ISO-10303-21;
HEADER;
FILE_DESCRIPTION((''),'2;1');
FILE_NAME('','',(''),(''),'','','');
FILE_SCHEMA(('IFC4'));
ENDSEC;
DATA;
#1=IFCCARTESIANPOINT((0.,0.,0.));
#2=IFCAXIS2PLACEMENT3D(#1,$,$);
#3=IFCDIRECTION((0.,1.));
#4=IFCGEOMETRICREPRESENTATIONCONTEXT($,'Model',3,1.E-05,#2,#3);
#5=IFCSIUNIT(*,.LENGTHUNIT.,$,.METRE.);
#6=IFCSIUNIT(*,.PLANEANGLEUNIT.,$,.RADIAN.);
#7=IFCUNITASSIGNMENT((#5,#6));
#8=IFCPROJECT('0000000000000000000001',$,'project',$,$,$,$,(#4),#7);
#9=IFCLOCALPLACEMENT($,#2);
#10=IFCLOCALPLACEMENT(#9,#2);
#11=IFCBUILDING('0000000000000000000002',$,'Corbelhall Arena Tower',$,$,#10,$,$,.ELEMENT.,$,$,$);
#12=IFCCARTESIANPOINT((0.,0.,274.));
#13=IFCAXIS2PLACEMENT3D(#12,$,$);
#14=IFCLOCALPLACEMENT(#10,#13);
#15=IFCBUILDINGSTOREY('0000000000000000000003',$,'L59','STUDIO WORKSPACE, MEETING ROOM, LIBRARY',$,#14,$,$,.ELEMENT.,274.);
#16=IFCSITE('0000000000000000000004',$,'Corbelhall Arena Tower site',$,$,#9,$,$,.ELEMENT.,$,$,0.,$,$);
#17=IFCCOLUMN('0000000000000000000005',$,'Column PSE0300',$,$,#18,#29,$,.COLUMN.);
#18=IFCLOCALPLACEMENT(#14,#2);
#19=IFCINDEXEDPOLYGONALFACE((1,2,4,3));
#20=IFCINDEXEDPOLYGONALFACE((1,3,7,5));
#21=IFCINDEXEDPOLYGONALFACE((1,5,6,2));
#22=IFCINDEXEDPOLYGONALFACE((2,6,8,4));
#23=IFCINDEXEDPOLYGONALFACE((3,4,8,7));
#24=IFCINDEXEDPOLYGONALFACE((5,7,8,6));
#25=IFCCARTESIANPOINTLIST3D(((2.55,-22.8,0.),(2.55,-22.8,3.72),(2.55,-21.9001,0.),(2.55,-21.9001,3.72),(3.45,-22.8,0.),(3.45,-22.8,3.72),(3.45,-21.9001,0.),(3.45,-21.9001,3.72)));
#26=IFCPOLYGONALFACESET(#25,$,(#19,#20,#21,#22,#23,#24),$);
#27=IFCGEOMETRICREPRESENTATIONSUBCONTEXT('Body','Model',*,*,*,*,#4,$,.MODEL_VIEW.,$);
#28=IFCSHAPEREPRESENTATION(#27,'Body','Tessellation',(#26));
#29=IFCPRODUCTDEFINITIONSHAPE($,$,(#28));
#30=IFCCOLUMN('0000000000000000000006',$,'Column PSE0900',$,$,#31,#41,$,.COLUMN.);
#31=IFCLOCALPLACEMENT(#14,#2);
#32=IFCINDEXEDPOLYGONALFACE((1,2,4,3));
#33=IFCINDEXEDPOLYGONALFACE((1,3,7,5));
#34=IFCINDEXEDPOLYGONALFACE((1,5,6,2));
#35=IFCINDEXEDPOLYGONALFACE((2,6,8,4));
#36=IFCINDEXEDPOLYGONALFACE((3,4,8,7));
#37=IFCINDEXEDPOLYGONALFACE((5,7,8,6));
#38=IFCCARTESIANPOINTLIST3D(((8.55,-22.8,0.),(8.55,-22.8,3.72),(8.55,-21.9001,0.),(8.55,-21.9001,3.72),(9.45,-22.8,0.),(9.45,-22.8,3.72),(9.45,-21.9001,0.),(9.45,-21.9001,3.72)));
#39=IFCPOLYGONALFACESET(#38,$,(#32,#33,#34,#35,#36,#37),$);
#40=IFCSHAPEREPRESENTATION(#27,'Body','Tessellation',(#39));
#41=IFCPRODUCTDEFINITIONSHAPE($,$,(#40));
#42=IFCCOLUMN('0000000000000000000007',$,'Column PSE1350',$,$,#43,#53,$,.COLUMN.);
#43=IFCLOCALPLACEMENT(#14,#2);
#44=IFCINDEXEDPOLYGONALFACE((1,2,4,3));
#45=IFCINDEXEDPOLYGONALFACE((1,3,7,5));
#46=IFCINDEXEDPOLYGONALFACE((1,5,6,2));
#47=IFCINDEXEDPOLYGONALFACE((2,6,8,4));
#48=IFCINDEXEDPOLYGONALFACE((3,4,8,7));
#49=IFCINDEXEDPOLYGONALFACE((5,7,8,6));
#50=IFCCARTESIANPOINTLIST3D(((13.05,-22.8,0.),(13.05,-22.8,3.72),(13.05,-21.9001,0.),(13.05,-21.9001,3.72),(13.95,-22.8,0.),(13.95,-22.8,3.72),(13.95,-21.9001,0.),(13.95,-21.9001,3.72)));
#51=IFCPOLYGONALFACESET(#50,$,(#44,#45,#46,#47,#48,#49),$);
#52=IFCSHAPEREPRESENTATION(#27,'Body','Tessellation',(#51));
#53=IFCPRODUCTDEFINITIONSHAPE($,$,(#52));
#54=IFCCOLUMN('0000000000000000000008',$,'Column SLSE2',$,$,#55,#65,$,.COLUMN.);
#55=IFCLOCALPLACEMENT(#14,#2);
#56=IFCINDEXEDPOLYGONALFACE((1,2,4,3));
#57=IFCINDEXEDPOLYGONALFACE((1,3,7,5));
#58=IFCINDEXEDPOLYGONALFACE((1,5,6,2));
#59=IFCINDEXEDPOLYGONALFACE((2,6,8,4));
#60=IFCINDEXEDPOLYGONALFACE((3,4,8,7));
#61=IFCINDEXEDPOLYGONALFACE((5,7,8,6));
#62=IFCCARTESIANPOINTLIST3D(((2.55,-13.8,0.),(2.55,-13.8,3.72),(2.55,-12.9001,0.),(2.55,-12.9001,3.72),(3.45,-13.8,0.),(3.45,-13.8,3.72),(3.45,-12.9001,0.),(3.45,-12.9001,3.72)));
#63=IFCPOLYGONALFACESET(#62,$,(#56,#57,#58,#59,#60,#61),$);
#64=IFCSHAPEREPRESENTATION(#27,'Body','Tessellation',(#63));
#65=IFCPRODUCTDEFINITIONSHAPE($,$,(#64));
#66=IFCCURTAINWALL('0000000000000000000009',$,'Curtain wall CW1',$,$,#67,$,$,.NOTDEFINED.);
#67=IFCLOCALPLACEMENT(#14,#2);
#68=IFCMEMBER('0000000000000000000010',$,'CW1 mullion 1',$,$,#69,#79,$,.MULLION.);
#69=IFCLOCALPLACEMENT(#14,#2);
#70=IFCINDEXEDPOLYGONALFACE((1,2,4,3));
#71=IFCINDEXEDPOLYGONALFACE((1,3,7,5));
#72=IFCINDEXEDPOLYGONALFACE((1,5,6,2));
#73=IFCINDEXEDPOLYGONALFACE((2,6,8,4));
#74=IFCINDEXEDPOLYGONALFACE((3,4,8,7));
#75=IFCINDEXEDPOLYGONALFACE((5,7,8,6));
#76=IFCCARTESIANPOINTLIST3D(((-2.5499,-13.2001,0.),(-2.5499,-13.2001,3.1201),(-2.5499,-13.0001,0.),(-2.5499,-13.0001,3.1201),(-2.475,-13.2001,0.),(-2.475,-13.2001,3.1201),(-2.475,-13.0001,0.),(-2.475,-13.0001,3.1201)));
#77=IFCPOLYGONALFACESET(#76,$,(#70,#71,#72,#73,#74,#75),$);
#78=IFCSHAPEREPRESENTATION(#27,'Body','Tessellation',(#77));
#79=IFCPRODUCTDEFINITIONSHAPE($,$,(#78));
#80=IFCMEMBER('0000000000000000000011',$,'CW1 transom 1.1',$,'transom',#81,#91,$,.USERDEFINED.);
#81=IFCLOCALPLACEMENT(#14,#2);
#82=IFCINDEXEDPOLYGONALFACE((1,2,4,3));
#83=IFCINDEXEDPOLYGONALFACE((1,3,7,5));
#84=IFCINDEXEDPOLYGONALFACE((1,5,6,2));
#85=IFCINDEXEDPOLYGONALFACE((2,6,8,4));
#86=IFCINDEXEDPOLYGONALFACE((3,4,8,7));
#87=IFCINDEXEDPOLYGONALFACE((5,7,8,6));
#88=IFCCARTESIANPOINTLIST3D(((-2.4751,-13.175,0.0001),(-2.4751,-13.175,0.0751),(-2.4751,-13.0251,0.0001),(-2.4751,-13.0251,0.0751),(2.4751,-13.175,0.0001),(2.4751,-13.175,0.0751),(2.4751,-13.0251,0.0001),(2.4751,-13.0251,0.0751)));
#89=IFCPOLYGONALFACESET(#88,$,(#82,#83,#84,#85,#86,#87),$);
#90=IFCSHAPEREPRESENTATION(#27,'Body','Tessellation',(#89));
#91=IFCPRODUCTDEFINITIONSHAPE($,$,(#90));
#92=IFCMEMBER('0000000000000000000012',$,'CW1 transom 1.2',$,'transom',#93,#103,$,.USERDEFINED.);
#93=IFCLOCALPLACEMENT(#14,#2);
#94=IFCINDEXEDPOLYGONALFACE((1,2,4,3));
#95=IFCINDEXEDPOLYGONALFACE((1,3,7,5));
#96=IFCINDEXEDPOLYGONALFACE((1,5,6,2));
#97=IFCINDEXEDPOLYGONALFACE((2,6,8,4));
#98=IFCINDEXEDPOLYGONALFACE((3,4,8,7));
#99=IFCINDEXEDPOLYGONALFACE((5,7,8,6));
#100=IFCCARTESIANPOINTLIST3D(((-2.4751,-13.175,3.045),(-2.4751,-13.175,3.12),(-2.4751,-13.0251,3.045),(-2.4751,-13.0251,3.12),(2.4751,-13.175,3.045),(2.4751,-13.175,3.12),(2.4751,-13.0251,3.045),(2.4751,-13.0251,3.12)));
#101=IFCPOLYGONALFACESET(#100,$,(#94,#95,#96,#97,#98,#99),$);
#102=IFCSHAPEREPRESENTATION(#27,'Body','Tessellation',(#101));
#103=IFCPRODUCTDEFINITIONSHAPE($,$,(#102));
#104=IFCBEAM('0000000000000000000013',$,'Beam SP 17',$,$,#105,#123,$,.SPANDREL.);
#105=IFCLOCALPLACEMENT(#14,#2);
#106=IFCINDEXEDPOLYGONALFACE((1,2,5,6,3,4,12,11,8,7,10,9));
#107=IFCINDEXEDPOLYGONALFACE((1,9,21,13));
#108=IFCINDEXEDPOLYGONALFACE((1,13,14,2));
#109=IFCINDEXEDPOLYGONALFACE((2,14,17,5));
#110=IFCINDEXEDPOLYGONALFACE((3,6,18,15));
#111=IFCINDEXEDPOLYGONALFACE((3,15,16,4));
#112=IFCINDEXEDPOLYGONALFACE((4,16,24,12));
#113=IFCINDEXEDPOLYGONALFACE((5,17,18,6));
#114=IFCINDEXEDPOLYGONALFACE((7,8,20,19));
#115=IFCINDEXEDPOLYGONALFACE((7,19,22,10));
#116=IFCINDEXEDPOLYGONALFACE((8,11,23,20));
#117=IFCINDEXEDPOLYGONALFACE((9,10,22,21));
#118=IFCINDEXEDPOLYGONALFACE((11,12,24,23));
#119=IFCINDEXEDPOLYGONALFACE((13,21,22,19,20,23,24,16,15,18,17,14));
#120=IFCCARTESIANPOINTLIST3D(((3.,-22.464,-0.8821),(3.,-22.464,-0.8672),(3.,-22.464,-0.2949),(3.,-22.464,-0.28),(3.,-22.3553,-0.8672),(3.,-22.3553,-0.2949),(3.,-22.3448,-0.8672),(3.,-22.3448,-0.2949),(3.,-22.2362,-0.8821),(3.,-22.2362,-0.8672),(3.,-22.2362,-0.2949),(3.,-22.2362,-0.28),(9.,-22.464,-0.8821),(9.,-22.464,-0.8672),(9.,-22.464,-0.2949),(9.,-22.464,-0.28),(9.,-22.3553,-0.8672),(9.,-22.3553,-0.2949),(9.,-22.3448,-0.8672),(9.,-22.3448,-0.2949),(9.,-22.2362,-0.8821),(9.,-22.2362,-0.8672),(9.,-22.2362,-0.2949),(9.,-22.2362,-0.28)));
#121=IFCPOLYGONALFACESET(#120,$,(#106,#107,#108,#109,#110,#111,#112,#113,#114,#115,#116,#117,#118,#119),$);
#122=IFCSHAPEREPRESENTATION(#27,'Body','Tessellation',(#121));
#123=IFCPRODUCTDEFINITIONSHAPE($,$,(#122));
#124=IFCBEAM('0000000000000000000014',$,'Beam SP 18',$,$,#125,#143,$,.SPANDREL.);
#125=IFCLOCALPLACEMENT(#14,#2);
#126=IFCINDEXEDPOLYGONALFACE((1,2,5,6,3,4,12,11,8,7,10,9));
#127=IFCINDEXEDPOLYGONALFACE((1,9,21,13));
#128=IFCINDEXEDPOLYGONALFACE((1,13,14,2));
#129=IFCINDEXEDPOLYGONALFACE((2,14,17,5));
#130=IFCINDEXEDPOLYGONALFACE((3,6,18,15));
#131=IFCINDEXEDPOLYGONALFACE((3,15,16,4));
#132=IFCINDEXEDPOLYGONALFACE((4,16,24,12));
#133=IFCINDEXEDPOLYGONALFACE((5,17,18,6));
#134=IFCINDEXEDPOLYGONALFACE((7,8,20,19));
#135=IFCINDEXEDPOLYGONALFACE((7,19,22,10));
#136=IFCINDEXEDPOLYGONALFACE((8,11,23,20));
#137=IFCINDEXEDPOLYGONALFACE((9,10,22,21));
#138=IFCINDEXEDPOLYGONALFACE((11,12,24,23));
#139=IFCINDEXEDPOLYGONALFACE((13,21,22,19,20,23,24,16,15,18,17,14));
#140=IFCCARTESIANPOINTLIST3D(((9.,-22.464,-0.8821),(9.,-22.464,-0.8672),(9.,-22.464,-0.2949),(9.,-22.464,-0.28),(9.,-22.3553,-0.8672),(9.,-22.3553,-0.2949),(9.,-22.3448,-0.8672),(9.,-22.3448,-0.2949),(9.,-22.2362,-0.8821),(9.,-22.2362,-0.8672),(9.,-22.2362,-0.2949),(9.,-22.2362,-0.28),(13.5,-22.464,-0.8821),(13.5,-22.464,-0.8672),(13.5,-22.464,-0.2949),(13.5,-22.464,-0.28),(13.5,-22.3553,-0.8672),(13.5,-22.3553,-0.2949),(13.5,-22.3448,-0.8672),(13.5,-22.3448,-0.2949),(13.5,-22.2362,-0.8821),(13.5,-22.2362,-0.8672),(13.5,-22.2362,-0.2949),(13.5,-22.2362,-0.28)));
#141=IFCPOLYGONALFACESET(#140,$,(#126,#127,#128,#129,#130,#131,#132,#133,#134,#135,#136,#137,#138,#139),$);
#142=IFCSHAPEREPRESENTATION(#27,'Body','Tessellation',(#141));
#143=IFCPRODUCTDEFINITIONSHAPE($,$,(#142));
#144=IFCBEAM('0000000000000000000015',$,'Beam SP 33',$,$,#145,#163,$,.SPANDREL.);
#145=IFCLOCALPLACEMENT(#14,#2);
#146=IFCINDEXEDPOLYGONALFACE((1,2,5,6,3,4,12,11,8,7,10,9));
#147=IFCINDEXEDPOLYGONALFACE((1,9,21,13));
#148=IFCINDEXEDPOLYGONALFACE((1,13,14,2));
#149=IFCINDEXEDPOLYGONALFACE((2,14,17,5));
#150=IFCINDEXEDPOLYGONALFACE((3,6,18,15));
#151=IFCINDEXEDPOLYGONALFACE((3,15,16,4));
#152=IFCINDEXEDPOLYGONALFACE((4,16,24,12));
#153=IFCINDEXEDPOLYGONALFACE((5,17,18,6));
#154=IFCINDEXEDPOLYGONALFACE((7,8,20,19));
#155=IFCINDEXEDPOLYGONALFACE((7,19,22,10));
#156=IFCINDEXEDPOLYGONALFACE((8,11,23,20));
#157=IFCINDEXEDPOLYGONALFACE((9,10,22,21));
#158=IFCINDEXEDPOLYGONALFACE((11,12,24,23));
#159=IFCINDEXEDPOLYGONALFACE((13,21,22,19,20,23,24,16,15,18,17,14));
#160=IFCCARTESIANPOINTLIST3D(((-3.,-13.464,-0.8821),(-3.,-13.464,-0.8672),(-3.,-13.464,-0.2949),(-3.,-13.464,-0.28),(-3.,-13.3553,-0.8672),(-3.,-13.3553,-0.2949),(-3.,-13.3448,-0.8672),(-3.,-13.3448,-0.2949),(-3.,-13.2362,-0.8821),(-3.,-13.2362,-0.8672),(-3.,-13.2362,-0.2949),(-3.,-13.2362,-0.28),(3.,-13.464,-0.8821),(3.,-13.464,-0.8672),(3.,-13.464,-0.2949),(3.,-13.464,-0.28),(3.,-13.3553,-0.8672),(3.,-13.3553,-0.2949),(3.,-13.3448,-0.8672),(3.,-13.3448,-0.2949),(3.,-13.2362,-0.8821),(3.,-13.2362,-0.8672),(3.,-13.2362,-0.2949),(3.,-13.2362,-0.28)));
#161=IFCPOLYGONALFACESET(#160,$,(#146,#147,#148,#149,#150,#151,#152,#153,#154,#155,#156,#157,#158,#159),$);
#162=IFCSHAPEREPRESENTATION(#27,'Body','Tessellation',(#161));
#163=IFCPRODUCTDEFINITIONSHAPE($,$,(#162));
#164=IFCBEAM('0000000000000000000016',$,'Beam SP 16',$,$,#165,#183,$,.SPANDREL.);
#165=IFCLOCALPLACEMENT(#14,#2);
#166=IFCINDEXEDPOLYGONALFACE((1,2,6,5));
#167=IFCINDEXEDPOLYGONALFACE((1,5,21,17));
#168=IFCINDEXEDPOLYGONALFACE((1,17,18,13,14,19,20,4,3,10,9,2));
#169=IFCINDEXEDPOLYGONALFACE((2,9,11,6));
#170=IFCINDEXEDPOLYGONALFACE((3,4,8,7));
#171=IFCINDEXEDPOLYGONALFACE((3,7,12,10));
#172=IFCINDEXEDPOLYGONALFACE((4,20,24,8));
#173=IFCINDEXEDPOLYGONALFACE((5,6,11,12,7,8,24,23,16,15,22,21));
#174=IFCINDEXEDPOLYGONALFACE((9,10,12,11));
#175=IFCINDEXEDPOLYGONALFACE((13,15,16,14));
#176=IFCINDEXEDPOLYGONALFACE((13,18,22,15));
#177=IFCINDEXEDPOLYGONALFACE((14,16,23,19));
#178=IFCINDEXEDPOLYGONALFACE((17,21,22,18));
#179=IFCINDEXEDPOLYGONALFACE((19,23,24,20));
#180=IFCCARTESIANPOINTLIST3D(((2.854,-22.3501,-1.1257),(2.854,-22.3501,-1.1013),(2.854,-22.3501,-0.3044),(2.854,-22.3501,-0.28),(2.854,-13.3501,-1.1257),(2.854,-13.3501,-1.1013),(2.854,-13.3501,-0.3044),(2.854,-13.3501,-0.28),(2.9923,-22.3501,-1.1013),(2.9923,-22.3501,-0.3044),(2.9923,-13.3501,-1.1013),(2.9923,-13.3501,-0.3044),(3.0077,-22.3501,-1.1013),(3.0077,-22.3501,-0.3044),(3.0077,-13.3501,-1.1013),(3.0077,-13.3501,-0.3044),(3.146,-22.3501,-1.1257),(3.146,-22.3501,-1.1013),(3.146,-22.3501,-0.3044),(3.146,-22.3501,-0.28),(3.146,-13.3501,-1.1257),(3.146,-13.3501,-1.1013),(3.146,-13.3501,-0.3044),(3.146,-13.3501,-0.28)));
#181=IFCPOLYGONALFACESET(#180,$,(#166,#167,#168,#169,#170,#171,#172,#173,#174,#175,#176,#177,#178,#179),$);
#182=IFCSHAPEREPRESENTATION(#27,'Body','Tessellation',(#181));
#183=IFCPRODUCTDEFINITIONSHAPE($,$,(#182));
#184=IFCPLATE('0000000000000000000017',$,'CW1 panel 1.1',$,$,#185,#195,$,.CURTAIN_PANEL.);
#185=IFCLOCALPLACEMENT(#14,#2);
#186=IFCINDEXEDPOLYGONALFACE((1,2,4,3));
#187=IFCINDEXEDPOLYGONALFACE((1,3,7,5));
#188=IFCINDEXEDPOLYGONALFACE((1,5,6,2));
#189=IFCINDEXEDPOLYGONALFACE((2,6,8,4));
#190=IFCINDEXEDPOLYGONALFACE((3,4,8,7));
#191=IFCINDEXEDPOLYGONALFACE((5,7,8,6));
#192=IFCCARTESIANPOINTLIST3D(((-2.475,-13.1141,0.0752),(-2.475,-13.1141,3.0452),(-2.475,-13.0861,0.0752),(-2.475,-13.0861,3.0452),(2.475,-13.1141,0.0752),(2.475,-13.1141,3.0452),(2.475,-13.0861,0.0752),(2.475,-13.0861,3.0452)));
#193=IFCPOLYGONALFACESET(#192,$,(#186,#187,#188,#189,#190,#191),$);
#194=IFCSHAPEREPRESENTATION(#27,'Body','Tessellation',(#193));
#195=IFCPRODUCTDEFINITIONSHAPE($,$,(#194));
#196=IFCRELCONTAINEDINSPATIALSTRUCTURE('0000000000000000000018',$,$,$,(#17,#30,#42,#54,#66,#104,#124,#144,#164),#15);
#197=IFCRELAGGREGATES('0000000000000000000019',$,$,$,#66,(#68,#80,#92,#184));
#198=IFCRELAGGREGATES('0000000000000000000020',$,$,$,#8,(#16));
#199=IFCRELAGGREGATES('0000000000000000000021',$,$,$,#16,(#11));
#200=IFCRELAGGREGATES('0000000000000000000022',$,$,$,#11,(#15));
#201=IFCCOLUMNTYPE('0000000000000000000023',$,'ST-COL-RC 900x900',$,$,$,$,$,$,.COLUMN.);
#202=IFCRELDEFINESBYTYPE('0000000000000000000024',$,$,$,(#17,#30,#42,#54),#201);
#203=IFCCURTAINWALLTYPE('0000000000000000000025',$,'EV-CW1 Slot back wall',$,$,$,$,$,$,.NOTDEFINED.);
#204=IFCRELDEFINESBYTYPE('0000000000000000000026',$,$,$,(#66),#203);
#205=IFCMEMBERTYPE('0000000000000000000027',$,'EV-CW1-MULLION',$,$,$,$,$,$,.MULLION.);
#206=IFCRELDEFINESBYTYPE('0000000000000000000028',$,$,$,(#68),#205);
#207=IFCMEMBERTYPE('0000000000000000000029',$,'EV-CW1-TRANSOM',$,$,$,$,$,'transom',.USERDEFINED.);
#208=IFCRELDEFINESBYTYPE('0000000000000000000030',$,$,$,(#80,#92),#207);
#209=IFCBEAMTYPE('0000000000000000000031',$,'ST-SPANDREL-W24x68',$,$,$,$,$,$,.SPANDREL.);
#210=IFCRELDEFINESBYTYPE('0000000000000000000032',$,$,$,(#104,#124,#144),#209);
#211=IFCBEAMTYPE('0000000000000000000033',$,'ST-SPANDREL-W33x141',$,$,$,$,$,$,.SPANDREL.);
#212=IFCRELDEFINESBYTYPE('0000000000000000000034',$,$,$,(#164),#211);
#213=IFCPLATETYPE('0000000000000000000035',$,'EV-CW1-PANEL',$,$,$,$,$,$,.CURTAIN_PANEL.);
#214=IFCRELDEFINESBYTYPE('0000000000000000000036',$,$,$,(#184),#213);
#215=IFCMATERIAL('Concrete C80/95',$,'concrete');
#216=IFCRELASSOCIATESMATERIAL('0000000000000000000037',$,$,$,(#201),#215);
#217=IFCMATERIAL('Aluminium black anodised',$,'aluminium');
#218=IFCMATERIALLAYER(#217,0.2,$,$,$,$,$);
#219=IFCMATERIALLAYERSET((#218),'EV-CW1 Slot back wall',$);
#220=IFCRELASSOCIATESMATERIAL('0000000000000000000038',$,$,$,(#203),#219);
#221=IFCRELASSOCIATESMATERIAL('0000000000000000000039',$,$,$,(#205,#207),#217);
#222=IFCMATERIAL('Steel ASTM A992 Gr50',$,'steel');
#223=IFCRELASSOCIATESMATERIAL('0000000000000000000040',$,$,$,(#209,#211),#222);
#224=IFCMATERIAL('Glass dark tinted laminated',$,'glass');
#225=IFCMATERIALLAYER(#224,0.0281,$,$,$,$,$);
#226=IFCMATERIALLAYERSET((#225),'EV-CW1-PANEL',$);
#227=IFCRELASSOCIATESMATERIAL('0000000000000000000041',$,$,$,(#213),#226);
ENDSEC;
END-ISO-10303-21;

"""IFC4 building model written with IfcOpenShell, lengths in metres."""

from ifc_helpers import new_model, si_unit, direction, frame, origin, origin_2d, place, context, subcontext, project, spatial, rectangle, i_section, extrude, material, layer, layer_set, material_profile, profile_set, type_object, element, aggregate, save


model = new_model("IFC4")

# Units and contexts
model_context = context("Model", 3, precision=1e-05, world=origin(), true_north=direction((0.0, 1.0)))
body_context = subcontext(model_context, "Body", "Model", "MODEL_VIEW")
ifc_project = project(units=[si_unit("LENGTHUNIT", "METRE"), si_unit("PLANEANGLEUNIT", "RADIAN")], contexts=[model_context])

# Site, building, storey
site_placement = place(None, origin())
site = spatial("IfcSite", under=ifc_project, at=site_placement, Name="Corbelhall Arena Tower site", CompositionType="ELEMENT", RefElevation=0.0)
building_placement = place(site_placement, origin())
building = spatial("IfcBuilding", under=site, at=building_placement, Name="Corbelhall Arena Tower", CompositionType="ELEMENT")
storey_placement = place(building_placement, frame((0.0, 0.0, 274.0)))
storey = spatial("IfcBuildingStorey", under=building, at=storey_placement, Name="L59", Description="STUDIO WORKSPACE, MEETING ROOM, LIBRARY", CompositionType="ELEMENT", Elevation=274.0)

# Columns
ifc_material_1 = material(Name="Concrete C80/95", Category="concrete")
ifc_material_profile_1 = material_profile(ifc_material_1, rectangle(XDim=0.8999, YDim=0.8999, at=origin_2d()))
ifc_profile_set_1 = profile_set([ifc_material_profile_1], Name="Concrete C80/95")
column_type = type_object("IfcColumnType", Name="ST-COL-RC 900x900", PredefinedType="COLUMN", material=ifc_profile_set_1)
for number, where, z_axis, x_axis, name in (
    (1, (3.0, -22.3501, 0.0), (0.0, 0.0, 1.0), (1.0, 0.0, 0.0), "Column PSE0300"),
    (2, (9.0, -22.3501, 0.0), (0.0, 0.0, 1.0), (1.0, 0.0, 0.0), "Column PSE0900"),
    (3, (13.5, -22.3501, 0.0), (0.0, 0.0, 1.0), (1.0, 0.0, 0.0), "Column PSE1350"),
    (4, (3.0, -13.3501, 0.0), (0.0, 0.0, 1.0), (1.0, 0.0, 0.0), "Column SLSE2"),
):
    element("IfcColumn", number, at=place(storey_placement, frame(where, z_axis=z_axis, x_axis=x_axis)), inside=storey, type_object=column_type, Name=name, PredefinedType="COLUMN", context=body_context, shape_type="SweptSolid", body=[
        extrude(rectangle(XDim=0.8999, YDim=0.8999, at=origin_2d()), origin(), (0.0, 0.0, 1.0), 3.72),
    ])

# Curtain wall, members
ifc_material_2 = material(Name="Aluminium black anodised", Category="aluminium")
ifc_layer_1 = layer(ifc_material_2, 0.2)
ifc_layer_set_1 = layer_set([ifc_layer_1], Name="EV-CW1 Slot back wall")
curtain_wall_type = type_object("IfcCurtainWallType", Name="EV-CW1 Slot back wall", PredefinedType="NOTDEFINED", material=ifc_layer_set_1)
curtain_wall_placement = place(storey_placement, origin())
curtain_wall = element("IfcCurtainWall", 5, at=curtain_wall_placement, inside=storey, type_object=curtain_wall_type, Name="Curtain wall CW1", PredefinedType="NOTDEFINED")
ifc_material_profile_2 = material_profile(ifc_material_2, rectangle(XDim=0.2, YDim=0.075, at=origin_2d()))
ifc_profile_set_2 = profile_set([ifc_material_profile_2], Name="Aluminium black anodised")
member_type_1 = type_object("IfcMemberType", Name="EV-CW1-MULLION", PredefinedType="MULLION", material=ifc_profile_set_2)
member_1_placement = place(storey_placement, frame((-2.5125, -13.1001, 0.0), z_axis=(0.0, 0.0, 1.0), x_axis=(0.0, 1.0, 0.0)))
member_1 = element("IfcMember", 6, at=member_1_placement, type_object=member_type_1, Name="CW1 mullion 1", PredefinedType="MULLION", context=body_context, shape_type="SweptSolid", body=[
    extrude(rectangle(XDim=0.2, YDim=0.075, at=origin_2d()), origin(), (0.0, 0.0, 1.0), 3.1201),
])
ifc_material_profile_3 = material_profile(ifc_material_2, rectangle(XDim=0.1499, YDim=0.075, at=origin_2d()))
ifc_profile_set_3 = profile_set([ifc_material_profile_3], Name="Aluminium black anodised")
member_type_2 = type_object("IfcMemberType", Name="EV-CW1-TRANSOM", ElementType="transom", PredefinedType="USERDEFINED", material=ifc_profile_set_3)
member_2_placement = place(storey_placement, frame((-2.4751, -13.1001, 0.0376), z_axis=(1.0, 0.0, 0.0), x_axis=(0.0, 1.0, 0.0)))
member_2 = element("IfcMember", 7, at=member_2_placement, type_object=member_type_2, Name="CW1 transom 1.1", ObjectType="transom", PredefinedType="USERDEFINED", context=body_context, shape_type="SweptSolid", body=[
    extrude(rectangle(XDim=0.1499, YDim=0.075, at=origin_2d()), origin(), (0.0, 0.0, 1.0), 4.9502),
])
member_3_placement = place(storey_placement, frame((-2.4751, -13.1001, 3.0825), z_axis=(1.0, 0.0, 0.0), x_axis=(0.0, 1.0, 0.0)))
member_3 = element("IfcMember", 8, at=member_3_placement, type_object=member_type_2, Name="CW1 transom 1.2", ObjectType="transom", PredefinedType="USERDEFINED", context=body_context, shape_type="SweptSolid", body=[
    extrude(rectangle(XDim=0.1499, YDim=0.075, at=origin_2d()), origin(), (0.0, 0.0, 1.0), 4.9502),
])

# Beams
ifc_material_3 = material(Name="Steel ASTM A992 Gr50", Category="steel")
ifc_material_profile_4 = material_profile(ifc_material_3, i_section(OverallWidth=0.2278, OverallDepth=0.6021, WebThickness=0.0105, FlangeThickness=0.0149, at=origin_2d()))
ifc_profile_set_4 = profile_set([ifc_material_profile_4], Name="Steel ASTM A992 Gr50")
beam_type_1 = type_object("IfcBeamType", Name="ST-SPANDREL-W24x68", PredefinedType="SPANDREL", material=ifc_profile_set_4)
beam_1_placement = place(storey_placement, frame((9.0, -22.3501, -0.5811), z_axis=(-1.0, 0.0, 0.0), x_axis=(0.0, -1.0, 0.0)))
element("IfcBeam", 9, at=beam_1_placement, inside=storey, type_object=beam_type_1, Name="Beam SP 17", PredefinedType="SPANDREL", context=body_context, shape_type="SweptSolid", body=[
    extrude(i_section(OverallWidth=0.2278, OverallDepth=0.6021, WebThickness=0.0105, FlangeThickness=0.0149, at=origin_2d()), origin(), (0.0, 0.0, 1.0), 6.0),
])
beam_2_placement = place(storey_placement, frame((13.5, -22.3501, -0.5811), z_axis=(-1.0, 0.0, 0.0), x_axis=(0.0, -1.0, 0.0)))
element("IfcBeam", 10, at=beam_2_placement, inside=storey, type_object=beam_type_1, Name="Beam SP 18", PredefinedType="SPANDREL", context=body_context, shape_type="SweptSolid", body=[
    extrude(i_section(OverallWidth=0.2278, OverallDepth=0.6021, WebThickness=0.0105, FlangeThickness=0.0149, at=origin_2d()), origin(), (0.0, 0.0, 1.0), 4.5),
])
beam_3_placement = place(storey_placement, frame((3.0, -13.3501, -0.5811), z_axis=(-1.0, 0.0, 0.0), x_axis=(0.0, -1.0, 0.0)))
element("IfcBeam", 11, at=beam_3_placement, inside=storey, type_object=beam_type_1, Name="Beam SP 33", PredefinedType="SPANDREL", context=body_context, shape_type="SweptSolid", body=[
    extrude(i_section(OverallWidth=0.2278, OverallDepth=0.6021, WebThickness=0.0105, FlangeThickness=0.0149, at=origin_2d()), origin(), (0.0, 0.0, 1.0), 6.0),
])
ifc_material_profile_5 = material_profile(ifc_material_3, i_section(OverallWidth=0.292, OverallDepth=0.8457, WebThickness=0.0154, FlangeThickness=0.0244, at=origin_2d()))
ifc_profile_set_5 = profile_set([ifc_material_profile_5], Name="Steel ASTM A992 Gr50")
beam_type_2 = type_object("IfcBeamType", Name="ST-SPANDREL-W33x141", PredefinedType="SPANDREL", material=ifc_profile_set_5)
beam_4_placement = place(storey_placement, frame((3.0, -22.3501, -0.7029), z_axis=(0.0, 1.0, 0.0), x_axis=(-1.0, 0.0, 0.0)))
element("IfcBeam", 12, at=beam_4_placement, inside=storey, type_object=beam_type_2, Name="Beam SP 16", PredefinedType="SPANDREL", context=body_context, shape_type="SweptSolid", body=[
    extrude(i_section(OverallWidth=0.292, OverallDepth=0.8457, WebThickness=0.0154, FlangeThickness=0.0244, at=origin_2d()), origin(), (0.0, 0.0, 1.0), 9.0),
])

# Plate
ifc_material_4 = material(Name="Glass dark tinted laminated", Category="glass")
ifc_layer_2 = layer(ifc_material_4, 0.0281)
ifc_layer_set_2 = layer_set([ifc_layer_2], Name="EV-CW1-PANEL")
plate_type = type_object("IfcPlateType", Name="EV-CW1-PANEL", PredefinedType="CURTAIN_PANEL", material=ifc_layer_set_2)
plate_placement = place(storey_placement, frame((0.0, -13.1001, 0.0752), z_axis=(0.0, 0.0, 1.0), x_axis=(1.0, 0.0, 0.0)))
plate = element("IfcPlate", 13, at=plate_placement, type_object=plate_type, Name="CW1 panel 1.1", PredefinedType="CURTAIN_PANEL", context=body_context, shape_type="SweptSolid", body=[
    extrude(rectangle(XDim=4.95, YDim=0.0281, at=origin_2d()), origin(), (0.0, 0.0, 1.0), 2.97),
])
aggregate(curtain_wall, [member_1, member_2, member_3, plate])

save(model, "model.ifc")
